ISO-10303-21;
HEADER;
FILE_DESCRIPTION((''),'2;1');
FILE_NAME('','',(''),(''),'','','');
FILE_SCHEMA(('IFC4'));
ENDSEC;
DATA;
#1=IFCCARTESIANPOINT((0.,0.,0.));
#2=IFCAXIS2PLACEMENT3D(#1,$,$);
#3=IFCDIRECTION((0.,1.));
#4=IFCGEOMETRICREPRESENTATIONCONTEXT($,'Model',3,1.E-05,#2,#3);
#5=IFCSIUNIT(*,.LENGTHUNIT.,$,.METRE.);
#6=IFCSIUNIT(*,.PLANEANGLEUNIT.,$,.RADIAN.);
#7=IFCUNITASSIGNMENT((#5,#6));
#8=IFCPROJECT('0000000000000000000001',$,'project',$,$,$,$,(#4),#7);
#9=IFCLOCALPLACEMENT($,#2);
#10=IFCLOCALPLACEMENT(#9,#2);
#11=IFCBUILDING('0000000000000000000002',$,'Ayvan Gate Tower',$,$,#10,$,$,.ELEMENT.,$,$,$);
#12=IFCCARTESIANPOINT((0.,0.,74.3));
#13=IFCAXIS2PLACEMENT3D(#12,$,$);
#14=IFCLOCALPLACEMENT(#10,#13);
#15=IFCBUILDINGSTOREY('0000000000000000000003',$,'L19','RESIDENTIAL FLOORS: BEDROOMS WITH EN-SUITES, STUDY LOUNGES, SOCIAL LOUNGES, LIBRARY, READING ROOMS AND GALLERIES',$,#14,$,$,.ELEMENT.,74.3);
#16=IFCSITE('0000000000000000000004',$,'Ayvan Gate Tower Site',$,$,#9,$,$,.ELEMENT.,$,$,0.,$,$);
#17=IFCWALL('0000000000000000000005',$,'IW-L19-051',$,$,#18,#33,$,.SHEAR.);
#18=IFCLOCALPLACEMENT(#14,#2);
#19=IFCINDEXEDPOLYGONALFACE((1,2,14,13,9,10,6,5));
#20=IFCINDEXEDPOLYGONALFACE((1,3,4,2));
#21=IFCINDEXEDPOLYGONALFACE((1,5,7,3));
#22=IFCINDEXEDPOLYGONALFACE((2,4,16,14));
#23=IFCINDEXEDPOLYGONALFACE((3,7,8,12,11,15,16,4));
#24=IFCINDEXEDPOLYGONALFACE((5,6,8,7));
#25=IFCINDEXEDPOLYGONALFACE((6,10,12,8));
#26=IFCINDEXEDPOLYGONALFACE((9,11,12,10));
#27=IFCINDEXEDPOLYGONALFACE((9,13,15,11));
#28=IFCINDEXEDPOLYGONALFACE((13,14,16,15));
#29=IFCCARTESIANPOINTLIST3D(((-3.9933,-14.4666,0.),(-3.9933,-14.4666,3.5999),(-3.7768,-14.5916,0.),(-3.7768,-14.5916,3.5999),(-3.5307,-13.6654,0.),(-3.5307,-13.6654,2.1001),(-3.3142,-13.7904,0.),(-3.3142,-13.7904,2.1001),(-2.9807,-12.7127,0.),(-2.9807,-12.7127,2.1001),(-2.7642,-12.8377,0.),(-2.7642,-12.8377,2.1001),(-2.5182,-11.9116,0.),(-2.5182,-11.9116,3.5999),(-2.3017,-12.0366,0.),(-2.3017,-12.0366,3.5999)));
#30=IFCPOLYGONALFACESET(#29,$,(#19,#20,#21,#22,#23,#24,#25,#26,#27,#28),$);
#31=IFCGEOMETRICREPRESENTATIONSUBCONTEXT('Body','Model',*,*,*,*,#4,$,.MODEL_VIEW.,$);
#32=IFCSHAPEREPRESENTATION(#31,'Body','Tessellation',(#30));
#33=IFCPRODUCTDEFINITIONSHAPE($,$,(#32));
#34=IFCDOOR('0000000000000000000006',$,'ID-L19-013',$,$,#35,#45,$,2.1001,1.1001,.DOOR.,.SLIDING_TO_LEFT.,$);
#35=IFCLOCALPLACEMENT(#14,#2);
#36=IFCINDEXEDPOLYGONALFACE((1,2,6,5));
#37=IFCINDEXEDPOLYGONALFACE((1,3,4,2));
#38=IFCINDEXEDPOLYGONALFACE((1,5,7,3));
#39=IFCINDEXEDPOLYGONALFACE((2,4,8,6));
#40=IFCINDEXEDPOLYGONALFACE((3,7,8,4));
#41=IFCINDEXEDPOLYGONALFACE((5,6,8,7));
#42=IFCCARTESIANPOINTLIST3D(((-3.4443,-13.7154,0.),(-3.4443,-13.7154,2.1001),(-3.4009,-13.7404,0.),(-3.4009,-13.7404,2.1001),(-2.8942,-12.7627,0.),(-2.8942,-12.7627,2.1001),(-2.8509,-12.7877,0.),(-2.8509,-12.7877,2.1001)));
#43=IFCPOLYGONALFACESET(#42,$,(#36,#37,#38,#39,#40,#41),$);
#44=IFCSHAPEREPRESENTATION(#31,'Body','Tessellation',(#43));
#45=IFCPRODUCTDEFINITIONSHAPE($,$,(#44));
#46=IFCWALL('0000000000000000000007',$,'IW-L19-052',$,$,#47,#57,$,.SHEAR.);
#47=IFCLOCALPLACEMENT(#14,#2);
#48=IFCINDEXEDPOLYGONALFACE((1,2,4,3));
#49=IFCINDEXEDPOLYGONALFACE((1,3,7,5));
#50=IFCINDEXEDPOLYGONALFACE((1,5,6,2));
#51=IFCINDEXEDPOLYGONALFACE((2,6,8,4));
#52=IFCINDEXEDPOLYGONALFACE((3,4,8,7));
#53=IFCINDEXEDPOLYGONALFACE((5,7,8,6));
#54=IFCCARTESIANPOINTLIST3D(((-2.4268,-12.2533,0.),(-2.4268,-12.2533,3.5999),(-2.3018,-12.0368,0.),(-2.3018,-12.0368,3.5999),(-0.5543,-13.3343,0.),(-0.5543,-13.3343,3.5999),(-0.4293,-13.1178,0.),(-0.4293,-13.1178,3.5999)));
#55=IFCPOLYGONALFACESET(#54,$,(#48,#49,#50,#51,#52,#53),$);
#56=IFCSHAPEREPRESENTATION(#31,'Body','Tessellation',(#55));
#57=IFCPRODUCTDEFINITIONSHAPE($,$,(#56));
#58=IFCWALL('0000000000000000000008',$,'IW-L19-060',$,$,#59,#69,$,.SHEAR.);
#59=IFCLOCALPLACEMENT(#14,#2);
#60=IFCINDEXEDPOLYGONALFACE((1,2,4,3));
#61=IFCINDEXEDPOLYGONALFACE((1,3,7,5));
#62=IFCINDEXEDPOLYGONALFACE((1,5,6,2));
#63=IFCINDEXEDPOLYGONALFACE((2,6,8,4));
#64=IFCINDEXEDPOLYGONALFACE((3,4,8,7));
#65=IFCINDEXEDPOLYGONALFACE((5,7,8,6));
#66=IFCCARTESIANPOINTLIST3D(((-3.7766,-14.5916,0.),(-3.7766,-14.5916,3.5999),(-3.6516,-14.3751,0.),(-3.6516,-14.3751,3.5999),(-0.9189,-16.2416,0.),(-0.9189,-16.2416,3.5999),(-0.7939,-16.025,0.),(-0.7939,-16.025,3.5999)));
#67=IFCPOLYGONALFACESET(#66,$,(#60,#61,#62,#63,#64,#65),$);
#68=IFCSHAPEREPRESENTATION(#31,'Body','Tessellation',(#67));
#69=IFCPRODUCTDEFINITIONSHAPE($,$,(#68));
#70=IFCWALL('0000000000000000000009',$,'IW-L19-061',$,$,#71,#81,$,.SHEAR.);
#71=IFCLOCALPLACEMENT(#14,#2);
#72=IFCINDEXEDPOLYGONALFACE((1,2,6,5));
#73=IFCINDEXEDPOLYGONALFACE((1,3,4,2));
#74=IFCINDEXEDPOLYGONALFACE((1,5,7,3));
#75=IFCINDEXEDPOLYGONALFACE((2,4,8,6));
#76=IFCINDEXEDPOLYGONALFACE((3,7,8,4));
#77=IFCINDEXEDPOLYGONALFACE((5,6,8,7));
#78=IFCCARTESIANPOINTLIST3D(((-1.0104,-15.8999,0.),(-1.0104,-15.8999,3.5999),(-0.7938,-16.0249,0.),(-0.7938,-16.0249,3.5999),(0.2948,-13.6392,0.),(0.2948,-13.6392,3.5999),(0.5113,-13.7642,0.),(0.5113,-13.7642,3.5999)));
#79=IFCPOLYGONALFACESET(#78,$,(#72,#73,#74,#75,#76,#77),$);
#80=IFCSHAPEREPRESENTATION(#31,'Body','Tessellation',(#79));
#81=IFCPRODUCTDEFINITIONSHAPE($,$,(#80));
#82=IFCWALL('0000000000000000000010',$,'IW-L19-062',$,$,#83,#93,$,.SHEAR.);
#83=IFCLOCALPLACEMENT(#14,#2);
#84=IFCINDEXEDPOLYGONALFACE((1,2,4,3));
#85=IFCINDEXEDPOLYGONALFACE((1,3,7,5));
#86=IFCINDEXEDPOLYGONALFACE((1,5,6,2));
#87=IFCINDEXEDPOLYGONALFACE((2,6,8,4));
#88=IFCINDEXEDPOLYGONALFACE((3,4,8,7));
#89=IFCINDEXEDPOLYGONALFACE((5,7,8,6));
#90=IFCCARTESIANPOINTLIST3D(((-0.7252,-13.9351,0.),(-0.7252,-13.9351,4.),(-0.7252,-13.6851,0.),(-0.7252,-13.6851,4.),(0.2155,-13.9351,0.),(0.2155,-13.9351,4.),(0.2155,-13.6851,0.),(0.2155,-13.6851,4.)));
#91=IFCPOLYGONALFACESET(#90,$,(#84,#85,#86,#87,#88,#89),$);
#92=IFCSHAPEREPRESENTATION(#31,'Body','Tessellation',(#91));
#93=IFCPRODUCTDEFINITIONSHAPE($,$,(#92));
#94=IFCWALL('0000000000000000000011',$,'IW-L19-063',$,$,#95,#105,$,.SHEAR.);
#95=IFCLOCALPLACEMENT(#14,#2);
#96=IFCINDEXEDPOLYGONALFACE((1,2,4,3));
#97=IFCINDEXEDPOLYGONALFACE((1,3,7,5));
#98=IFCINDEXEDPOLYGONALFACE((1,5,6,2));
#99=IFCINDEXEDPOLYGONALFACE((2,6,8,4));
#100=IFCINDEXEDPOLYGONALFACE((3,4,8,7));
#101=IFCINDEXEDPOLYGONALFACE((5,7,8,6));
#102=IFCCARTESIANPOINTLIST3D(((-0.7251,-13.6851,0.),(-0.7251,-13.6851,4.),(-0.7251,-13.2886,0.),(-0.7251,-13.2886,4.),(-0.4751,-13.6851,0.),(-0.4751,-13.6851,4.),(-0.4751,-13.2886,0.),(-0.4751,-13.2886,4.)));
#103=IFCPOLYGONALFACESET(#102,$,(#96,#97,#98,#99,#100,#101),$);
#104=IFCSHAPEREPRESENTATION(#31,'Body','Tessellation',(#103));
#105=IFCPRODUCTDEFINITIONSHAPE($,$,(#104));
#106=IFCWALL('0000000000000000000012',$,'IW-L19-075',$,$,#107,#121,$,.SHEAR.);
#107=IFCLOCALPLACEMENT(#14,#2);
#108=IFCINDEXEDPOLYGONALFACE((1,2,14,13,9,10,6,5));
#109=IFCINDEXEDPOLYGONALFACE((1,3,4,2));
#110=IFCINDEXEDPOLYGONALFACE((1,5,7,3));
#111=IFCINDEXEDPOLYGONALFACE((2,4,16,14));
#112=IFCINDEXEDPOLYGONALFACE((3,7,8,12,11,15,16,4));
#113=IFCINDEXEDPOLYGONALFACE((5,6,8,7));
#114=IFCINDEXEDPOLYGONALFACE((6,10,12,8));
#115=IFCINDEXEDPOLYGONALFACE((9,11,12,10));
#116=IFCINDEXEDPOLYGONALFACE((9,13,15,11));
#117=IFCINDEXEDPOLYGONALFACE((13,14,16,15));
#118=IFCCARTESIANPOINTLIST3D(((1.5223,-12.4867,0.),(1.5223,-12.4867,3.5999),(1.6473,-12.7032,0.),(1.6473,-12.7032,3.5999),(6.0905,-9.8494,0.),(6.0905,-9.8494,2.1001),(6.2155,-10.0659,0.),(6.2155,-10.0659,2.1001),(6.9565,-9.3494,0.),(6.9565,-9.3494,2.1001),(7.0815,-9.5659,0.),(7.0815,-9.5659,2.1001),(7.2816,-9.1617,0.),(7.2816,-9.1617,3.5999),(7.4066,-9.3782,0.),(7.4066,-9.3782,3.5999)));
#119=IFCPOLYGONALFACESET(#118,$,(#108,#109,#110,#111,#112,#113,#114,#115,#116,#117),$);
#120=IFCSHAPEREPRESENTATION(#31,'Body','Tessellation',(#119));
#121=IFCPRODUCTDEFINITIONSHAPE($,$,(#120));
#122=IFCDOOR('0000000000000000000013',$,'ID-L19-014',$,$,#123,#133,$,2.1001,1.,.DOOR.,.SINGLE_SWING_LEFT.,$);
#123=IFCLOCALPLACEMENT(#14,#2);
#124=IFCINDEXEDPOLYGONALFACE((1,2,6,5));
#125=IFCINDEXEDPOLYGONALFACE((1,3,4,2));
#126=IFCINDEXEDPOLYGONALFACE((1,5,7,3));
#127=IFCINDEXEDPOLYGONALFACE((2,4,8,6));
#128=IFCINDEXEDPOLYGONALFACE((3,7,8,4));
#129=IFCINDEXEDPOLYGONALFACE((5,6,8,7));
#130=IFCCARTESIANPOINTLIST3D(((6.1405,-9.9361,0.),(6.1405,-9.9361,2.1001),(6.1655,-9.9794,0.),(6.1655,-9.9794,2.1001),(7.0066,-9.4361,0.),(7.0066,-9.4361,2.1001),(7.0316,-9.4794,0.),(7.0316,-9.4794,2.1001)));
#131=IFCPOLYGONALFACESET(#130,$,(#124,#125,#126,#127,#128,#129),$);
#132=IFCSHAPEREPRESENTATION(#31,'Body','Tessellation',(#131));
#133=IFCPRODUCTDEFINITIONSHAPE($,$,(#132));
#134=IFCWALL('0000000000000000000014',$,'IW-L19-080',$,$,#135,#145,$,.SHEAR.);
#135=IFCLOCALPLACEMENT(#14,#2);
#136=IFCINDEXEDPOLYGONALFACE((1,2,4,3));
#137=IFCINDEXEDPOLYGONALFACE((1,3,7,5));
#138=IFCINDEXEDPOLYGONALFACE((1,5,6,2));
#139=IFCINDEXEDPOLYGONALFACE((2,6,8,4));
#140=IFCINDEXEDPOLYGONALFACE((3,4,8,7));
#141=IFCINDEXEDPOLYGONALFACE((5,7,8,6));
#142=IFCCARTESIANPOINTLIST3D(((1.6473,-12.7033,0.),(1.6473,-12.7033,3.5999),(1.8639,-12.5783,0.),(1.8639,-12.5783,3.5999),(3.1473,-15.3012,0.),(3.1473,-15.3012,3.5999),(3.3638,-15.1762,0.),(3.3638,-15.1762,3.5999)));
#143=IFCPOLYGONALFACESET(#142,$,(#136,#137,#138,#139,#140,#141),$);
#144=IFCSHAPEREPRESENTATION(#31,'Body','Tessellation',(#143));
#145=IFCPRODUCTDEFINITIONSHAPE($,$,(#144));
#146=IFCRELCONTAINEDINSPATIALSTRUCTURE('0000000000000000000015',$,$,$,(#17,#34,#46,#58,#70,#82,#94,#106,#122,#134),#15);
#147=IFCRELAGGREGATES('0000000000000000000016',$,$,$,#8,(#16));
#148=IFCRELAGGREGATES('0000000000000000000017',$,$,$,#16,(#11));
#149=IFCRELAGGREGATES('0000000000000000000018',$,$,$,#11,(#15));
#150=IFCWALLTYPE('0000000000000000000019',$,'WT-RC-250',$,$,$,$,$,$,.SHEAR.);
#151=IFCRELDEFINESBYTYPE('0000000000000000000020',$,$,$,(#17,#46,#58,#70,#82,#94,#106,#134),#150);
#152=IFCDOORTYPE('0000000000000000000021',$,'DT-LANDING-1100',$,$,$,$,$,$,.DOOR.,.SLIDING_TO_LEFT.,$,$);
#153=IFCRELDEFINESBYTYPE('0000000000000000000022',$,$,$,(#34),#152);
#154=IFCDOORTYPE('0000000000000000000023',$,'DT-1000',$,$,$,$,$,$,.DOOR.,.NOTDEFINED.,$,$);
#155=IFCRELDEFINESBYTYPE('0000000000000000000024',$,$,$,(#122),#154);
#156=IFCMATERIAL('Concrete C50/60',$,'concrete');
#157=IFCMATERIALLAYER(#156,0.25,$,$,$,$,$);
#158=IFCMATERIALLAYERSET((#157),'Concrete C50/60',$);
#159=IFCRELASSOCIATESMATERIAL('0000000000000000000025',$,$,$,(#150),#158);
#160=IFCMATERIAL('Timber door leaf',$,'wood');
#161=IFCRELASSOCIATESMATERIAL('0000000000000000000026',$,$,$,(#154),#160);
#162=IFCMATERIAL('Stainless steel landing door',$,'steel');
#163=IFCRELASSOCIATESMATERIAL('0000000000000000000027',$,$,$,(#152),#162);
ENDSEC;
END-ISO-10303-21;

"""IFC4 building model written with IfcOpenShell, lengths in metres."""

from ifc_helpers import new_model, si_unit, direction, frame, frame_2d, origin, place, context, subcontext, project, spatial, rectangle, extrude, material, layer, layer_set, type_object, element, fill, save


model = new_model("IFC4")

# Units and contexts
model_context = context("Model", 3, precision=1e-05, world=origin(), true_north=direction((0.0, 1.0)))
body_context = subcontext(model_context, "Body", "Model", "MODEL_VIEW")
ifc_project = project(units=[si_unit("LENGTHUNIT", "METRE"), si_unit("PLANEANGLEUNIT", "RADIAN")], contexts=[model_context])

# Site, building, storey
site_placement = place(None, origin())
site = spatial("IfcSite", under=ifc_project, at=site_placement, Name="Ayvan Gate Tower Site", CompositionType="ELEMENT", RefElevation=0.0)
building_placement = place(site_placement, origin())
building = spatial("IfcBuilding", under=site, at=building_placement, Name="Ayvan Gate Tower", CompositionType="ELEMENT")
storey_placement = place(building_placement, frame((0.0, 0.0, 74.3)))
storey = spatial("IfcBuildingStorey", under=building, at=storey_placement, Name="L19", Description="RESIDENTIAL FLOORS: BEDROOMS WITH EN-SUITES, STUDY LOUNGES, SOCIAL LOUNGES, LIBRARY, READING ROOMS AND GALLERIES", CompositionType="ELEMENT", Elevation=74.3)

# Shared definitions
ifc_material_1 = material(Name="Timber door leaf", Category="wood")

# Wall, opening, door
ifc_material_2 = material(Name="Concrete C50/60", Category="concrete")
ifc_layer_1 = layer(ifc_material_2, 0.25)
ifc_layer_set_1 = layer_set([ifc_layer_1], Name="Concrete C50/60")
wall_type_1 = type_object("IfcWallType", Name="WT-RC-250", PredefinedType="SHEAR", material=ifc_layer_set_1)
door_type_1 = type_object("IfcDoorType", Name="DT-1000", OperationType="NOTDEFINED", PredefinedType="DOOR", material=ifc_material_1)
wall_1_placement = place(storey_placement, frame((-2.4099, -11.9741, 0.0), z_axis=(0.0, 0.0, 1.0), x_axis=(-0.500002, -0.866024, 0.0)))
wall_1 = element("IfcWall", 1, at=wall_1_placement, inside=storey, type_object=wall_type_1, Name="IW-L19-051", PredefinedType="SHEAR", context=body_context, shape_type="SweptSolid", body=[
    extrude(rectangle(XDim=2.9502, YDim=0.25, at=frame_2d((1.4751, 0.0))), origin(), (0.0, 0.0, 1.0), 3.5999),
])
opening_1_placement = place(wall_1_placement, frame((0.925, 0.0, 0.0)))
opening_1 = element("IfcOpeningElement", 2, at=opening_1_placement, cuts=wall_1, PredefinedType="OPENING", context=body_context, shape_type="SweptSolid", body=[
    extrude(rectangle(XDim=1.1001, YDim=2.1001, at=frame_2d((0.55, 1.05))), frame((0.0, 0.135, 0.0), z_axis=(0.0, -1.0, 0.0), x_axis=(1.0, 0.0, 0.0)), (0.0, 0.0, 1.0), 0.27),
])
ifc_material_3 = material(Name="Stainless steel landing door", Category="steel")
door_type_2 = type_object("IfcDoorType", Name="DT-LANDING-1100", OperationType="SLIDING_TO_LEFT", PredefinedType="DOOR", material=ifc_material_3)
door_1_placement = place(opening_1_placement, origin())
door_1 = element("IfcDoor", 3, at=door_1_placement, inside=storey, type_object=door_type_2, Name="ID-L19-013", OperationType="SLIDING_TO_LEFT", OverallHeight=2.1001, OverallWidth=1.1001, PredefinedType="DOOR", context=body_context, shape_type="SweptSolid", body=[
    extrude(rectangle(XDim=1.1001, YDim=2.1001, at=frame_2d((0.55, 1.05))), frame((0.0, 0.0249, 0.0), z_axis=(0.0, -1.0, 0.0), x_axis=(1.0, 0.0, 0.0)), (0.0, 0.0, 1.0), 0.05),
])
fill(opening_1, door_1)

# Walls
wall_2_placement = place(storey_placement, frame((-2.3643, -12.145, 0.0), z_axis=(0.0, 0.0, 1.0), x_axis=(0.866039, -0.499977, 0.0)))
element("IfcWall", 4, at=wall_2_placement, inside=storey, type_object=wall_type_1, Name="IW-L19-052", PredefinedType="SHEAR", context=body_context, shape_type="SweptSolid", body=[
    extrude(rectangle(XDim=2.1621, YDim=0.25, at=frame_2d((1.0811, 0.0))), origin(), (0.0, 0.0, 1.0), 3.5999),
])
wall_3_placement = place(storey_placement, frame((-0.8564, -16.1333, 0.0), z_axis=(0.0, 0.0, 1.0), x_axis=(-0.866022, 0.500006, 0.0)))
element("IfcWall", 5, at=wall_3_placement, inside=storey, type_object=wall_type_1, Name="IW-L19-060", PredefinedType="SHEAR", context=body_context, shape_type="SweptSolid", body=[
    extrude(rectangle(XDim=3.2998, YDim=0.25, at=frame_2d((1.6499, 0.0))), origin(), (0.0, 0.0, 1.0), 3.5999),
])
wall_4_placement = place(storey_placement, frame((-0.9021, -15.9624, 0.0), z_axis=(0.0, 0.0, 1.0), x_axis=(0.499982, 0.866036, 0.0)))
element("IfcWall", 6, at=wall_4_placement, inside=storey, type_object=wall_type_1, Name="IW-L19-061", PredefinedType="SHEAR", context=body_context, shape_type="SweptSolid", body=[
    extrude(rectangle(XDim=2.6104, YDim=0.25, at=frame_2d((1.3052, 0.0))), origin(), (0.0, 0.0, 1.0), 3.5999),
])
wall_5_placement = place(storey_placement, frame((-0.7251, -13.8101, 0.0), z_axis=(0.0, 0.0, 1.0), x_axis=(1.0, 0.0, 0.0)))
element("IfcWall", 7, at=wall_5_placement, inside=storey, type_object=wall_type_1, Name="IW-L19-062", PredefinedType="SHEAR", context=body_context, shape_type="SweptSolid", body=[
    extrude(rectangle(XDim=0.9407, YDim=0.25, at=frame_2d((0.4702, 0.0))), origin(), (0.0, 0.0, 1.0), 4.0),
])
wall_6_placement = place(storey_placement, frame((-0.6001, -13.2886, 0.0), z_axis=(0.0, 0.0, 1.0), x_axis=(0.0, -1.0, 0.0)))
element("IfcWall", 8, at=wall_6_placement, inside=storey, type_object=wall_type_1, Name="IW-L19-063", PredefinedType="SHEAR", context=body_context, shape_type="SweptSolid", body=[
    extrude(rectangle(XDim=0.3965, YDim=0.25, at=frame_2d((0.1982, 0.0))), origin(), (0.0, 0.0, 1.0), 4.0),
])

# Wall, opening, door
wall_7_placement = place(storey_placement, frame((1.5847, -12.595, 0.0), z_axis=(0.0, 0.0, 1.0), x_axis=(0.866036, 0.499981, 0.0)))
wall_7 = element("IfcWall", 9, at=wall_7_placement, inside=storey, type_object=wall_type_1, Name="IW-L19-075", PredefinedType="SHEAR", context=body_context, shape_type="SweptSolid", body=[
    extrude(rectangle(XDim=6.6501, YDim=0.25, at=frame_2d((3.3252, 0.0))), origin(), (0.0, 0.0, 1.0), 3.5999),
])
opening_2_placement = place(wall_7_placement, frame((5.2749, 0.0, 0.0)))
opening_2 = element("IfcOpeningElement", 10, at=opening_2_placement, cuts=wall_7, PredefinedType="OPENING", context=body_context, shape_type="SweptSolid", body=[
    extrude(rectangle(XDim=1.0, YDim=2.1001, at=frame_2d((0.5, 1.05))), frame((0.0, 0.135, 0.0), z_axis=(0.0, -1.0, 0.0), x_axis=(1.0, 0.0, 0.0)), (0.0, 0.0, 1.0), 0.27),
])
door_2_placement = place(opening_2_placement, origin())
door_2 = element("IfcDoor", 11, at=door_2_placement, inside=storey, type_object=door_type_1, Name="ID-L19-014", OperationType="SINGLE_SWING_LEFT", OverallHeight=2.1001, OverallWidth=1.0, PredefinedType="DOOR", context=body_context, shape_type="SweptSolid", body=[
    extrude(rectangle(XDim=1.0, YDim=2.1001, at=frame_2d((0.5, 1.05))), frame((0.0, 0.0249, 0.0), z_axis=(0.0, -1.0, 0.0), x_axis=(1.0, 0.0, 0.0)), (0.0, 0.0, 1.0), 0.05),
])
fill(opening_2, door_2)

# Wall
wall_8_placement = place(storey_placement, frame((3.2556, -15.2388, 0.0), z_axis=(0.0, 0.0, 1.0), x_axis=(-0.500025, 0.866011, 0.0)))
element("IfcWall", 12, at=wall_8_placement, inside=storey, type_object=wall_type_1, Name="IW-L19-080", PredefinedType="SHEAR", context=body_context, shape_type="SweptSolid", body=[
    extrude(rectangle(XDim=2.9998, YDim=0.25, at=frame_2d((1.5, 0.0))), origin(), (0.0, 0.0, 1.0), 3.5999),
])

save(model, "model.ifc")
